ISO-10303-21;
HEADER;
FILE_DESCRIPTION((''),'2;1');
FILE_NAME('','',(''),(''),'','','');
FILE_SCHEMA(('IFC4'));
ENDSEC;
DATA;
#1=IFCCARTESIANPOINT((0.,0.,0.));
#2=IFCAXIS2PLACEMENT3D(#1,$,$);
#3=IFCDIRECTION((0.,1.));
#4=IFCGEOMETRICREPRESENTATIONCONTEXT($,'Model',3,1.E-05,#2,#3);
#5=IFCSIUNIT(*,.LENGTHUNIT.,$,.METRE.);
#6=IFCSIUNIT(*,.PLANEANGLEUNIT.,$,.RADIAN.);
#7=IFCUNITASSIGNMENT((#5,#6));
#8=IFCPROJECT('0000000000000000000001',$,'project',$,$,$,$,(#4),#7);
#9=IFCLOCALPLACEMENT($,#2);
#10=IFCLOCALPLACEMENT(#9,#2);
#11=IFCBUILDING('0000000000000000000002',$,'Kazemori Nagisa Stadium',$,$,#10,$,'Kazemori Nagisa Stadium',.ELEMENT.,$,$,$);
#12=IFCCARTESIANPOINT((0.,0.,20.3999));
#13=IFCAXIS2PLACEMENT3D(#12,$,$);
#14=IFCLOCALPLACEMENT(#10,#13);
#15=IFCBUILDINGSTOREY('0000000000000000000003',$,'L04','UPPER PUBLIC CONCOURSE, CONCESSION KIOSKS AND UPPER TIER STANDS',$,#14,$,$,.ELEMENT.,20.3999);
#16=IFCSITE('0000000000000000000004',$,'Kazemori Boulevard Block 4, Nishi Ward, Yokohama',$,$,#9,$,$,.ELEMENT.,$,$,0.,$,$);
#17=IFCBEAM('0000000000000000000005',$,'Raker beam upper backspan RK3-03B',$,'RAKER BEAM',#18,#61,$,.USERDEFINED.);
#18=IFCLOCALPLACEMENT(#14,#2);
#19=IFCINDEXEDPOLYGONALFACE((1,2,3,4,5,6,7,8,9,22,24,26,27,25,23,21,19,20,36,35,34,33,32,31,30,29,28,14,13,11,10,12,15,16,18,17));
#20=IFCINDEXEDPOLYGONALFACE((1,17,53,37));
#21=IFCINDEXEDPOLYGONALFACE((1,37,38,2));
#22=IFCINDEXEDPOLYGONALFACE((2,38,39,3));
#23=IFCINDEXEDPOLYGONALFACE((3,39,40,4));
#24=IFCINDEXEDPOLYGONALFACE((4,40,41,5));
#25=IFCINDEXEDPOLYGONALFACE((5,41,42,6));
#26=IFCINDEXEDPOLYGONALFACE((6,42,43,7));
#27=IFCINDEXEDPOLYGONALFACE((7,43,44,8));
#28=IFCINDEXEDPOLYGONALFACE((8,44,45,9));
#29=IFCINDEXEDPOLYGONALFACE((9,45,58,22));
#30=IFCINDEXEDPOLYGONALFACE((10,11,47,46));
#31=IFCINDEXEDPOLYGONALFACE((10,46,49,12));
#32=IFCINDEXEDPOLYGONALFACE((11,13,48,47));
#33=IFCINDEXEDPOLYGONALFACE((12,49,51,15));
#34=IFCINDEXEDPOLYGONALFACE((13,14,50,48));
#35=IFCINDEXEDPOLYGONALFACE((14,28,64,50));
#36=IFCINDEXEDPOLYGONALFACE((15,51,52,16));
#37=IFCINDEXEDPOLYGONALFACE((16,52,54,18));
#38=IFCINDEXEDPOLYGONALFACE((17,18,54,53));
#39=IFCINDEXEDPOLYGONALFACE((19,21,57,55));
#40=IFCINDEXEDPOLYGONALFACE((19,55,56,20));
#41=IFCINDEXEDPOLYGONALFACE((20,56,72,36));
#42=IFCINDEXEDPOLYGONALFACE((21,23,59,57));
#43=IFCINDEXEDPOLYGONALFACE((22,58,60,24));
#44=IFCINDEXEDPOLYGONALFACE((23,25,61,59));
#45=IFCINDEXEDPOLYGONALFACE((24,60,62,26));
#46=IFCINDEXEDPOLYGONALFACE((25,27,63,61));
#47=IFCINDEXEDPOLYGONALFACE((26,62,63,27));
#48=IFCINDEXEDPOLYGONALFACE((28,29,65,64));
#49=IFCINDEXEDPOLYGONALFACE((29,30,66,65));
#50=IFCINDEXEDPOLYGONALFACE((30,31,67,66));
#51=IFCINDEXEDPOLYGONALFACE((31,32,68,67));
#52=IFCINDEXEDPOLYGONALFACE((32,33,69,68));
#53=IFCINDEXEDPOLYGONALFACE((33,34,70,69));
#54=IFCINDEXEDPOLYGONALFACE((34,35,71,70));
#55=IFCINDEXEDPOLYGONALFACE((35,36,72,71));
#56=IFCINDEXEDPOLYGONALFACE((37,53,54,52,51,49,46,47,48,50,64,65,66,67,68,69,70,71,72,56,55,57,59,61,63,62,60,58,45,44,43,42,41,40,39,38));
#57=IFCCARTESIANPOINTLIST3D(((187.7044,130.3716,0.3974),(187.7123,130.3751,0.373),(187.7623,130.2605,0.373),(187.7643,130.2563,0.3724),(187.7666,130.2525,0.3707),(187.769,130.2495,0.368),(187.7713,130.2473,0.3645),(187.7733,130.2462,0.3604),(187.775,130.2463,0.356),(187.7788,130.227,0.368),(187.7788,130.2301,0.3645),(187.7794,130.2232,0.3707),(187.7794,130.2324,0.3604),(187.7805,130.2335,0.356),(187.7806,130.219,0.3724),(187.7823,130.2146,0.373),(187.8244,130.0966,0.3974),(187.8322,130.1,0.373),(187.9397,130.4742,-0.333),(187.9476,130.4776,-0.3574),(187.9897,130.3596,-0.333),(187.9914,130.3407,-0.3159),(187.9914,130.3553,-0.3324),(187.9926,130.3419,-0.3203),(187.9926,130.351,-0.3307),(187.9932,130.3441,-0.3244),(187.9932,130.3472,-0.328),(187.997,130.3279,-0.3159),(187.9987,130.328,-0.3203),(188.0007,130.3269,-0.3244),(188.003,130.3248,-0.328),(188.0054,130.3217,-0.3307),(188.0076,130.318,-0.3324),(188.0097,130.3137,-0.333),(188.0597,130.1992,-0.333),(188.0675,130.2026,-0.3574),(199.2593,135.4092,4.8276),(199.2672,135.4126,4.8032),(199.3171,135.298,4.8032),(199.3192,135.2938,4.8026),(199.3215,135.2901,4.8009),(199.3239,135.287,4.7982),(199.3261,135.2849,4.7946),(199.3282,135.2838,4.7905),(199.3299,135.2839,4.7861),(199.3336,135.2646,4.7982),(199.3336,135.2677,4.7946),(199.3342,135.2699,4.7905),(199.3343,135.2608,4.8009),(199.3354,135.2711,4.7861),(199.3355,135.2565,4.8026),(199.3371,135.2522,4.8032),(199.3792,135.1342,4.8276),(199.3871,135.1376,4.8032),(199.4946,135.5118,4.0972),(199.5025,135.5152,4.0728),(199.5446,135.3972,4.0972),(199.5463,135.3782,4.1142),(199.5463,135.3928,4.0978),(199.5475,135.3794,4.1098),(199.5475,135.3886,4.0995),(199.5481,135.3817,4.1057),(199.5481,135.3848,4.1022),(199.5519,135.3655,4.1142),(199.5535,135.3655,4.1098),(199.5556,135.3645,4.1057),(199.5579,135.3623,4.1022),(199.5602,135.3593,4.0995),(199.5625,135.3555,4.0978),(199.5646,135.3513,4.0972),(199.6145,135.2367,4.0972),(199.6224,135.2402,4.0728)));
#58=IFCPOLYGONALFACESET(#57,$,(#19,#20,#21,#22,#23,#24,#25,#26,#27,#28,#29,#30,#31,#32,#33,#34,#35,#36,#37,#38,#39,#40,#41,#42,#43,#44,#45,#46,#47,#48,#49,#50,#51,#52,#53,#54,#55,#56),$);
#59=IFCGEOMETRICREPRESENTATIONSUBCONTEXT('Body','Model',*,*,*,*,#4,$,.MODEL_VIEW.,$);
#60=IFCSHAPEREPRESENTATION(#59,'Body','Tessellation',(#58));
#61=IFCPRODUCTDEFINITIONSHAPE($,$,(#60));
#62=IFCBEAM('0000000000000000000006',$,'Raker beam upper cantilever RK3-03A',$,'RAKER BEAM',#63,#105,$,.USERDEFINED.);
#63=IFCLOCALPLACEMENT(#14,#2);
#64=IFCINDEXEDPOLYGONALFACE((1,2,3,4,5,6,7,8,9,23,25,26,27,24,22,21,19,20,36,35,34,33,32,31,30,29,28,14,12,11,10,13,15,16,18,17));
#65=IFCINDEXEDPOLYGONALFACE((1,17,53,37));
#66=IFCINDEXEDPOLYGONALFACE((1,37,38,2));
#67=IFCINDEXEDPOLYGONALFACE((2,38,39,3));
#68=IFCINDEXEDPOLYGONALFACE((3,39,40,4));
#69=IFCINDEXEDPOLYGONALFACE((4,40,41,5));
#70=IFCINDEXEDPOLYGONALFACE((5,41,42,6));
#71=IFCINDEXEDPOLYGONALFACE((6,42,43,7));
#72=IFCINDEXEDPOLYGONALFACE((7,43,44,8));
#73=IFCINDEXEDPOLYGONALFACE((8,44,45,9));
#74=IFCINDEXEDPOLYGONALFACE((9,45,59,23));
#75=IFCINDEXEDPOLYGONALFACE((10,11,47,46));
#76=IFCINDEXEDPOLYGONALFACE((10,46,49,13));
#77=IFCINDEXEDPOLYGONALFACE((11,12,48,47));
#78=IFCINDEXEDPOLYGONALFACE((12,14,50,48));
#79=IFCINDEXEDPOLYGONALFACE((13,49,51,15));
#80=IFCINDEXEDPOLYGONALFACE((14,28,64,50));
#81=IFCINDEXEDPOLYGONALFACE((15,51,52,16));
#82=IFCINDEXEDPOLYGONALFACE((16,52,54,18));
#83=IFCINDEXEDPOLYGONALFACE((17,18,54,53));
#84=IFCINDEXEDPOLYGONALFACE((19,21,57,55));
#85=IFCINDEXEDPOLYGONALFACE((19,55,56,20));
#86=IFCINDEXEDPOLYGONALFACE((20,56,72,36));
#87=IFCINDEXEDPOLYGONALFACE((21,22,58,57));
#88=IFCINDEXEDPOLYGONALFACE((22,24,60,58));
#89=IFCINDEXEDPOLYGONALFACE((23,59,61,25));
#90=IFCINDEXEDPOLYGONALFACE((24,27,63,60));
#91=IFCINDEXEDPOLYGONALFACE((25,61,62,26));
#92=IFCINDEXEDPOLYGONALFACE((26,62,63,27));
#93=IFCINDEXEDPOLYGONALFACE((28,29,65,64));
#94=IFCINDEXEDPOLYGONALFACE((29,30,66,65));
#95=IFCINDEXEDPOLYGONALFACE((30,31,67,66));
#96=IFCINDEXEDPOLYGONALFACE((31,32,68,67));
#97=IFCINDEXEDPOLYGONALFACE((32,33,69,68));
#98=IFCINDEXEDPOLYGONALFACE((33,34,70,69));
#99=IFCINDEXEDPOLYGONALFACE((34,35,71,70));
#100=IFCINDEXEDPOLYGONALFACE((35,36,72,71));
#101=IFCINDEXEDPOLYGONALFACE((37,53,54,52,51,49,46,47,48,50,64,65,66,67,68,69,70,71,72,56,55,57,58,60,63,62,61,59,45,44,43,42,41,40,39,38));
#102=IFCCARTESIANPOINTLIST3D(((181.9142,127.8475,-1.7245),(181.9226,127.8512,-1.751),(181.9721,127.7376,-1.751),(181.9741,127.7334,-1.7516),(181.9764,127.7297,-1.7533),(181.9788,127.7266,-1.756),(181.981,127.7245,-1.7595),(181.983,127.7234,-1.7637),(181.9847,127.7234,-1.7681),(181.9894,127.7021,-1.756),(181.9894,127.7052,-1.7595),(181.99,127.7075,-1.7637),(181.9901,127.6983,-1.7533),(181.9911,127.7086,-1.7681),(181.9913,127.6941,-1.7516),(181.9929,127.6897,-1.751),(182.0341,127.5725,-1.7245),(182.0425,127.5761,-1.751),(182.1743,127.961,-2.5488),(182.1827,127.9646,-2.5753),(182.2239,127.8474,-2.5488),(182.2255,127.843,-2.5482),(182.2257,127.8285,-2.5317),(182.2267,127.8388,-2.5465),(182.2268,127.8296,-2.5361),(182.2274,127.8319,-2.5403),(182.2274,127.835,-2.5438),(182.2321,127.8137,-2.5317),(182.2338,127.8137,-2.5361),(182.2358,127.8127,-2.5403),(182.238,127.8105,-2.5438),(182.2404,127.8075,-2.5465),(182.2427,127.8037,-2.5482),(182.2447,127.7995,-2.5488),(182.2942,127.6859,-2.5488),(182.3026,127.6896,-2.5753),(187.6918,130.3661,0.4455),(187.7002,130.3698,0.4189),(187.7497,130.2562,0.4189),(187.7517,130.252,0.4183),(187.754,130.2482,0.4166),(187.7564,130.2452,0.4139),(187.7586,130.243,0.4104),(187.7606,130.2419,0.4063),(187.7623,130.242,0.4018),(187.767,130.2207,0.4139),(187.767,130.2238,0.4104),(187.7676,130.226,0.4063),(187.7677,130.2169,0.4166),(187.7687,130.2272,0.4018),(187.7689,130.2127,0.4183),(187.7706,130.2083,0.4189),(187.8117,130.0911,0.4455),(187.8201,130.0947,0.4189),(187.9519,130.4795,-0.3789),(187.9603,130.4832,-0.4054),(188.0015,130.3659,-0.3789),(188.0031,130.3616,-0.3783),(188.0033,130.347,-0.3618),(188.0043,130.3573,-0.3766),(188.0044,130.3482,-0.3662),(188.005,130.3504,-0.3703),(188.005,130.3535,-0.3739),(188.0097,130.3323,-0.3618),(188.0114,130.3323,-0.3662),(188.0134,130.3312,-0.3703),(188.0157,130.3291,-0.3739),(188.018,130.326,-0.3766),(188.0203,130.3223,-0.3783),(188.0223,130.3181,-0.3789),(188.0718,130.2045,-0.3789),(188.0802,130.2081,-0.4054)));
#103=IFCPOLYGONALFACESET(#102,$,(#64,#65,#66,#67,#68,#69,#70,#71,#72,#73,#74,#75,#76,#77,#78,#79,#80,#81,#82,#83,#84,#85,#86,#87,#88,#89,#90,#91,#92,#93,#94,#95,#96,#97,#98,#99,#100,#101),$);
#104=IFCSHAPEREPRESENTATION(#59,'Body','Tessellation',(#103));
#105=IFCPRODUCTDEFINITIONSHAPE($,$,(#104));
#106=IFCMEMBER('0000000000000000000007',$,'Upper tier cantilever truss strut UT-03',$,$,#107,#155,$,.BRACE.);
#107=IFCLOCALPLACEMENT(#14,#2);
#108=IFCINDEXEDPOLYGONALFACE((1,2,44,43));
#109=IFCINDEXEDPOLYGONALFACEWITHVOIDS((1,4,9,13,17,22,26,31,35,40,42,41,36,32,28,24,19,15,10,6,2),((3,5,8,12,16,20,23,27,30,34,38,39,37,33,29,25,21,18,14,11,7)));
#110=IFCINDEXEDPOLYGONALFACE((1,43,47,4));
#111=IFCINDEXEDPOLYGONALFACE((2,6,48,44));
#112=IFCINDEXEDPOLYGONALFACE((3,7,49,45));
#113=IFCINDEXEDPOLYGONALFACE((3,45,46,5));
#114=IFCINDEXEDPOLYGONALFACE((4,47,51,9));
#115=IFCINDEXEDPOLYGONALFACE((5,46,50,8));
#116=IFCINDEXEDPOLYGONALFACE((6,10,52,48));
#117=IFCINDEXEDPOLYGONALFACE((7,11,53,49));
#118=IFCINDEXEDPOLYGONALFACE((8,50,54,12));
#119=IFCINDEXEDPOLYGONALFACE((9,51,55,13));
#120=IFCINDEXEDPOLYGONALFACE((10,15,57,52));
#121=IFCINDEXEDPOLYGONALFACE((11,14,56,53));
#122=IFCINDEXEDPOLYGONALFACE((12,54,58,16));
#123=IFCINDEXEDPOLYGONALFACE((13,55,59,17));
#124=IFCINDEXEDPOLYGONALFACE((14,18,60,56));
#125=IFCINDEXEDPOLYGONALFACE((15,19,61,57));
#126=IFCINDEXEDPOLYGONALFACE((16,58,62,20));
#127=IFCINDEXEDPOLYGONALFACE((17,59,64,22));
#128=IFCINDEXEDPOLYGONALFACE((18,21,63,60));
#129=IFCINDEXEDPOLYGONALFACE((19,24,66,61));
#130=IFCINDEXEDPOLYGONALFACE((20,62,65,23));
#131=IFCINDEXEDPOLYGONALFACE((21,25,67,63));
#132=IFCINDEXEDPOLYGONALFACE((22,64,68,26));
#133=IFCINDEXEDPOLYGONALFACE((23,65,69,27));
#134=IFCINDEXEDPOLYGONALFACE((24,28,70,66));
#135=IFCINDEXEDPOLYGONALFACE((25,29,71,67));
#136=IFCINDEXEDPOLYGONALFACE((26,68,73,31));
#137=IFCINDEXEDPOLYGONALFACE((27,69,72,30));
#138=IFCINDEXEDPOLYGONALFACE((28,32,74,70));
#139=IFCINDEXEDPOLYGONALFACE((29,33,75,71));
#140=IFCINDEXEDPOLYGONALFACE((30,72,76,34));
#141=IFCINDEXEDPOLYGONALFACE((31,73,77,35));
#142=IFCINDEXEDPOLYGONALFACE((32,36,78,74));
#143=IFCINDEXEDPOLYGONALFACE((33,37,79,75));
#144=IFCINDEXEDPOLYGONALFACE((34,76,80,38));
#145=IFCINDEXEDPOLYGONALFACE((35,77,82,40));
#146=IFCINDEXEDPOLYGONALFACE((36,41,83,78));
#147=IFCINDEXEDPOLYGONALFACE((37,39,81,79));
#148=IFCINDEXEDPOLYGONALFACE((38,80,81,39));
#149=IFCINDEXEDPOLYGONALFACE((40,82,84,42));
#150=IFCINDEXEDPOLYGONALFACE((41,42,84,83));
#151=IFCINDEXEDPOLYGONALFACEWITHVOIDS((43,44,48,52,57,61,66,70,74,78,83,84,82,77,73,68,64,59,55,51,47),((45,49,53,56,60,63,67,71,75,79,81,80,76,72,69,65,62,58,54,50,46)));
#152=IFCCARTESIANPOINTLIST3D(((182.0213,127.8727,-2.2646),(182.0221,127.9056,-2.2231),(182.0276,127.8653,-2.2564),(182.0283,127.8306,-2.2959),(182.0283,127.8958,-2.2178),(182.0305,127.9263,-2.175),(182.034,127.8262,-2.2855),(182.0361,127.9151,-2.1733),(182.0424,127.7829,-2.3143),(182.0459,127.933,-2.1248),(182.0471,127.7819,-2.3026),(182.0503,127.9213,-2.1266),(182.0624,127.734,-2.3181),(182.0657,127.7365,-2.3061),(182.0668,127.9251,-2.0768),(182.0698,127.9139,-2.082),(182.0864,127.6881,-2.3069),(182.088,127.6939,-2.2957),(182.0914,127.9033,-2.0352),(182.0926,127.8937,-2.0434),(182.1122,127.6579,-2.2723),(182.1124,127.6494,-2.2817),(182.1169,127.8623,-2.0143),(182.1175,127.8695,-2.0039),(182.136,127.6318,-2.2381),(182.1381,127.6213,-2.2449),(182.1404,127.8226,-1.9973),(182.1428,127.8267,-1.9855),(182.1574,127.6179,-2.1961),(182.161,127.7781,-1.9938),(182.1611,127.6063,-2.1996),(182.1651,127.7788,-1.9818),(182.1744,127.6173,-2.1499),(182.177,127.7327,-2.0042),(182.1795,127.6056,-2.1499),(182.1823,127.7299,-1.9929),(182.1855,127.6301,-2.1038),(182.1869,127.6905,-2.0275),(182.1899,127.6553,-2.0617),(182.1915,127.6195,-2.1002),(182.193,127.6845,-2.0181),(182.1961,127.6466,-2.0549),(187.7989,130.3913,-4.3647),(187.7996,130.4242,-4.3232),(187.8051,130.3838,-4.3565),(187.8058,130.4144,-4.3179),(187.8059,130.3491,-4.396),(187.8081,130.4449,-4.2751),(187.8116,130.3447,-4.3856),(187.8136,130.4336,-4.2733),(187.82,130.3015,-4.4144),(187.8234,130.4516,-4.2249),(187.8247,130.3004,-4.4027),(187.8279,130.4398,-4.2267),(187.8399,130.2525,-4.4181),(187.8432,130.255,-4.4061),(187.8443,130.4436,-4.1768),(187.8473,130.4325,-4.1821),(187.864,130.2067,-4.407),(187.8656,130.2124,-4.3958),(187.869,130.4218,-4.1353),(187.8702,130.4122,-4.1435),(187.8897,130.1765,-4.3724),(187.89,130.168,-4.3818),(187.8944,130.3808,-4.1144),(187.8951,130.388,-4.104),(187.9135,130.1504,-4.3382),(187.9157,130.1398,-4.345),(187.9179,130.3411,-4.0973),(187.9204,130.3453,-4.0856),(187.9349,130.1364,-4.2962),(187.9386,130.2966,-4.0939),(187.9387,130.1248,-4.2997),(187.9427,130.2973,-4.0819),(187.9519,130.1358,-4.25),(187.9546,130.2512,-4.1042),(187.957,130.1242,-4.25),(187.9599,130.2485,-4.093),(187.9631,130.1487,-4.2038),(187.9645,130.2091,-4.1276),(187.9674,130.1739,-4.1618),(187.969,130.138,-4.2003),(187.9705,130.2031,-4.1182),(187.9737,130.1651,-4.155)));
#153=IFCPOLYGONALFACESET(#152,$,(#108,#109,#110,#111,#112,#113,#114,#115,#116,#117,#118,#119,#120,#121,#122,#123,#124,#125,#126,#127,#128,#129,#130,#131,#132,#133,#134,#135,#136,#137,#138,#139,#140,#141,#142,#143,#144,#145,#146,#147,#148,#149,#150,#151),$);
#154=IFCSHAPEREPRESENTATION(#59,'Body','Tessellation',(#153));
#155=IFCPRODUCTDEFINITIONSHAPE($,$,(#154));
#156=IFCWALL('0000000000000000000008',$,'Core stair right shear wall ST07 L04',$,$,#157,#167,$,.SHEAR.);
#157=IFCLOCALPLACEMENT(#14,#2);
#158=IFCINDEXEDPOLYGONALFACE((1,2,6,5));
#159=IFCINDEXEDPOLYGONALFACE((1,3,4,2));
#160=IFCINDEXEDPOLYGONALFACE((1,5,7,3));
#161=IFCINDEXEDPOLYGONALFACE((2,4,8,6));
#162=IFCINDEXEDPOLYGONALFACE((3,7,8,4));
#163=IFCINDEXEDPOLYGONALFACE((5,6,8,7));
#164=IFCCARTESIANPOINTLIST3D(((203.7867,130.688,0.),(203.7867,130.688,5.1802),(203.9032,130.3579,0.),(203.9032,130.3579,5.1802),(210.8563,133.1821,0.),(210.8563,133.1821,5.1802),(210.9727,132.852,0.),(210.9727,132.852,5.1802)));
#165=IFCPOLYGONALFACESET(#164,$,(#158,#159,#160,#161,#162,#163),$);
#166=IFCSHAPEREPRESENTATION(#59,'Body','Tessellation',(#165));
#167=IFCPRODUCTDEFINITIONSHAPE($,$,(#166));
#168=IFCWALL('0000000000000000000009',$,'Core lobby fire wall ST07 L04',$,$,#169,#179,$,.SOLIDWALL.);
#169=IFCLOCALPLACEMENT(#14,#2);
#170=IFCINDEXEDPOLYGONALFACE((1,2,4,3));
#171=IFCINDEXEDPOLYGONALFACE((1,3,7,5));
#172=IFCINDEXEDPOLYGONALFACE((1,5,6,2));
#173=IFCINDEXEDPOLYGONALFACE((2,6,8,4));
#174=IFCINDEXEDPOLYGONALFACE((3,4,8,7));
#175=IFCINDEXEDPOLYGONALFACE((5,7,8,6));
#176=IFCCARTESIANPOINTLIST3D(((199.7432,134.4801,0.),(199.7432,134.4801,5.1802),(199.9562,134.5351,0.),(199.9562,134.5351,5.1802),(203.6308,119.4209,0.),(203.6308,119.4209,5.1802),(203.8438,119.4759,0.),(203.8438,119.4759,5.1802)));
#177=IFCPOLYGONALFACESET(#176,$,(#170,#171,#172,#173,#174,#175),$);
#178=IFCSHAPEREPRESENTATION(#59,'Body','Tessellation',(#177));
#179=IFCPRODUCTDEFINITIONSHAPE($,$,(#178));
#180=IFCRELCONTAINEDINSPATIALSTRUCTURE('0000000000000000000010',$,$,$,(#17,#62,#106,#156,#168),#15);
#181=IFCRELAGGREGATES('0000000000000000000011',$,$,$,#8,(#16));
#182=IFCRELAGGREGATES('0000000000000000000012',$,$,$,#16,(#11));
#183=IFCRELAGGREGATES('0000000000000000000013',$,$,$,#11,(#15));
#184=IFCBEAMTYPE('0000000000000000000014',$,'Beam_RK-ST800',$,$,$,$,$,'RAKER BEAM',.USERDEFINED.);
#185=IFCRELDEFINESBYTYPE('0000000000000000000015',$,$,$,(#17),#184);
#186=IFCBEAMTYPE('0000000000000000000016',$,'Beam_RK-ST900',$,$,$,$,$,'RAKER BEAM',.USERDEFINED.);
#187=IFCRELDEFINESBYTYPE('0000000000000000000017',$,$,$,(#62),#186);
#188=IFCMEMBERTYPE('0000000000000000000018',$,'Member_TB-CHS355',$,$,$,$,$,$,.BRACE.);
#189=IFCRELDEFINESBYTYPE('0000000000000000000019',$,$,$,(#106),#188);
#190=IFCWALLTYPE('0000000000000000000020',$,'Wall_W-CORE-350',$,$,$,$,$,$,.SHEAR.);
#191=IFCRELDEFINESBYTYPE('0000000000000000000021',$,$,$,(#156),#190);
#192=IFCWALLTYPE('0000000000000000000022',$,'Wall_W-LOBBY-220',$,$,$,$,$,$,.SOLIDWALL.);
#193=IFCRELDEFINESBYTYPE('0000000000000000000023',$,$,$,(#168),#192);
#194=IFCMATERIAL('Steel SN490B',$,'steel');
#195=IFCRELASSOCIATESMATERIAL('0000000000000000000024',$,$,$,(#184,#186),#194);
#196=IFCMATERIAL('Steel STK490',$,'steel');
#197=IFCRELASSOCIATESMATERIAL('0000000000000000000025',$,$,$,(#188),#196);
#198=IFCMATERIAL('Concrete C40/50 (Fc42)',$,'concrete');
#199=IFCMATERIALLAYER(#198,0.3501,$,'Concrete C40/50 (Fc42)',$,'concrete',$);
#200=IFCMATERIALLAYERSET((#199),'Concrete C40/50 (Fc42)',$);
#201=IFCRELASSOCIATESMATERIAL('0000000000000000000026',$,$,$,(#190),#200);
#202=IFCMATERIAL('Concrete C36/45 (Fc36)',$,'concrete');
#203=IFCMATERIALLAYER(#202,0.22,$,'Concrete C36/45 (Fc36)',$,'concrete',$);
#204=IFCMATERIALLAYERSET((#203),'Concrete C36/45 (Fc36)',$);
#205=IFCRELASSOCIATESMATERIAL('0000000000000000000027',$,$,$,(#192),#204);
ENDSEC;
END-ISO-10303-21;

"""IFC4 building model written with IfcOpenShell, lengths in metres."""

from ifc_helpers import new_model, si_unit, direction, frame, frame_2d, origin, origin_2d, place, context, subcontext, project, spatial, rectangle, hollow_circle, i_section, extrude, material, layer, layer_set, material_profile, profile_set, type_object, element, save


model = new_model("IFC4")

# Units and contexts
model_context = context("Model", 3, precision=1e-05, world=origin(), true_north=direction((0.0, 1.0)))
body_context = subcontext(model_context, "Body", "Model", "MODEL_VIEW")
ifc_project = project(units=[si_unit("LENGTHUNIT", "METRE"), si_unit("PLANEANGLEUNIT", "RADIAN")], contexts=[model_context])

# Site, building, storey
site_placement = place(None, origin())
site = spatial("IfcSite", under=ifc_project, at=site_placement, Name="Kazemori Boulevard Block 4, Nishi Ward, Yokohama", CompositionType="ELEMENT", RefElevation=0.0)
building_placement = place(site_placement, origin())
building = spatial("IfcBuilding", under=site, at=building_placement, Name="Kazemori Nagisa Stadium", LongName="Kazemori Nagisa Stadium", CompositionType="ELEMENT")
storey_placement = place(building_placement, frame((0.0, 0.0, 20.3999)))
storey = spatial("IfcBuildingStorey", under=building, at=storey_placement, Name="L04", Description="UPPER PUBLIC CONCOURSE, CONCESSION KIOSKS AND UPPER TIER STANDS", CompositionType="ELEMENT", Elevation=20.3999)

# Beams
ifc_material_1 = material(Name="Steel SN490B", Category="steel")
ifc_material_profile_1 = material_profile(ifc_material_1, i_section(OverallWidth=0.3, OverallDepth=0.8, WebThickness=0.0139, FlangeThickness=0.0259, FilletRadius=0.0181, at=origin_2d()), Name="H-800x300x14x26")
ifc_profile_set_1 = profile_set([ifc_material_profile_1], Name="Steel SN490B")
beam_type_1 = type_object("IfcBeamType", Name="Beam_RK-ST800", ElementType="RAKER BEAM", PredefinedType="USERDEFINED", material=ifc_profile_set_1)
beam_1_placement = place(storey_placement, frame((187.886, 130.2871, 0.02), z_axis=(0.864816, 0.377033, 0.331571), x_axis=(-0.399641, 0.916672, 0.0)))
element("IfcBeam", 1, at=beam_1_placement, inside=storey, type_object=beam_type_1, Name="Raker beam upper backspan RK3-03B", ObjectType="RAKER BEAM", PredefinedType="USERDEFINED", context=body_context, shape_type="SweptSolid", body=[
    extrude(i_section(OverallWidth=0.3, OverallDepth=0.8, WebThickness=0.0139, FlangeThickness=0.0259, FilletRadius=0.0181, at=origin_2d()), origin(), (0.0, 0.0, 1.0), 13.3611),
])
ifc_material_profile_2 = material_profile(ifc_material_1, i_section(OverallWidth=0.3, OverallDepth=0.8999, WebThickness=0.0161, FlangeThickness=0.0281, FilletRadius=0.0181, at=origin_2d()), Name="H-900x300x16x28")
ifc_profile_set_2 = profile_set([ifc_material_profile_2], Name="Steel SN490B")
beam_type_2 = type_object("IfcBeamType", Name="Beam_RK-ST900", ElementType="RAKER BEAM", PredefinedType="USERDEFINED", material=ifc_profile_set_2)
beam_2_placement = place(storey_placement, frame((182.1084, 127.7686, -2.1499), z_axis=(0.866758, 0.377835, 0.325533), x_axis=(-0.399601, 0.916689, 0.0)))
element("IfcBeam", 2, at=beam_2_placement, inside=storey, type_object=beam_type_2, Name="Raker beam upper cantilever RK3-03A", ObjectType="RAKER BEAM", PredefinedType="USERDEFINED", context=body_context, shape_type="SweptSolid", body=[
    extrude(i_section(OverallWidth=0.3, OverallDepth=0.8999, WebThickness=0.0161, FlangeThickness=0.0281, FilletRadius=0.0181, at=origin_2d()), origin(), (0.0, 0.0, 1.0), 6.6658),
])

# Member
ifc_material_2 = material(Name="Steel STK490", Category="steel")
ifc_material_profile_3 = material_profile(ifc_material_2, hollow_circle(Radius=0.1777, WallThickness=0.0127, at=origin_2d()), Name="CHS-355.6x12.7")
ifc_profile_set_3 = profile_set([ifc_material_profile_3], Name="Steel STK490")
member_type = type_object("IfcMemberType", Name="Member_TB-CHS355", PredefinedType="BRACE", material=ifc_profile_set_3)
member_placement = place(storey_placement, frame((187.886, 130.2871, -4.25), z_axis=(-0.86968, -0.379109, 0.31612), x_axis=(0.399601, -0.916689, 0.0)))
element("IfcMember", 3, at=member_placement, inside=storey, type_object=member_type, Name="Upper tier cantilever truss strut UT-03", PredefinedType="BRACE", context=body_context, shape_type="SweptSolid", body=[
    extrude(hollow_circle(Radius=0.1777, WallThickness=0.0127, at=origin_2d()), origin(), (0.0, 0.0, 1.0), 6.6433),
])

# Walls
ifc_material_3 = material(Name="Concrete C40/50 (Fc42)", Category="concrete")
ifc_layer_1 = layer(ifc_material_3, 0.3501, Name="Concrete C40/50 (Fc42)", Category="concrete")
ifc_layer_set_1 = layer_set([ifc_layer_1], Name="Concrete C40/50 (Fc42)")
wall_type_1 = type_object("IfcWallType", Name="Wall_W-CORE-350", PredefinedType="SHEAR", material=ifc_layer_set_1)
wall_1_placement = place(storey_placement, frame((203.845, 130.5229, 0.0), z_axis=(0.0, 0.0, 1.0), x_axis=(0.943032, 0.332701, 0.0)))
element("IfcWall", 4, at=wall_1_placement, inside=storey, type_object=wall_type_1, Name="Core stair right shear wall ST07 L04", PredefinedType="SHEAR", context=body_context, shape_type="SweptSolid", body=[
    extrude(rectangle(XDim=7.4966, YDim=0.3501, at=frame_2d((3.7483, 0.0))), origin(), (0.0, 0.0, 1.0), 5.1802),
])
ifc_material_4 = material(Name="Concrete C36/45 (Fc36)", Category="concrete")
ifc_layer_2 = layer(ifc_material_4, 0.22, Name="Concrete C36/45 (Fc36)", Category="concrete")
ifc_layer_set_2 = layer_set([ifc_layer_2], Name="Concrete C36/45 (Fc36)")
wall_type_2 = type_object("IfcWallType", Name="Wall_W-LOBBY-220", PredefinedType="SOLIDWALL", material=ifc_layer_set_2)
wall_2_placement = place(storey_placement, frame((203.7373, 119.4485, 0.0), z_axis=(0.0, 0.0, 1.0), x_axis=(-0.249963, 0.968255, 0.0)))
element("IfcWall", 5, at=wall_2_placement, inside=storey, type_object=wall_type_2, Name="Core lobby fire wall ST07 L04", PredefinedType="SOLIDWALL", context=body_context, shape_type="SweptSolid", body=[
    extrude(rectangle(XDim=15.553, YDim=0.22, at=frame_2d((7.7764, 0.0))), origin(), (0.0, 0.0, 1.0), 5.1802),
])

save(model, "model.ifc")
